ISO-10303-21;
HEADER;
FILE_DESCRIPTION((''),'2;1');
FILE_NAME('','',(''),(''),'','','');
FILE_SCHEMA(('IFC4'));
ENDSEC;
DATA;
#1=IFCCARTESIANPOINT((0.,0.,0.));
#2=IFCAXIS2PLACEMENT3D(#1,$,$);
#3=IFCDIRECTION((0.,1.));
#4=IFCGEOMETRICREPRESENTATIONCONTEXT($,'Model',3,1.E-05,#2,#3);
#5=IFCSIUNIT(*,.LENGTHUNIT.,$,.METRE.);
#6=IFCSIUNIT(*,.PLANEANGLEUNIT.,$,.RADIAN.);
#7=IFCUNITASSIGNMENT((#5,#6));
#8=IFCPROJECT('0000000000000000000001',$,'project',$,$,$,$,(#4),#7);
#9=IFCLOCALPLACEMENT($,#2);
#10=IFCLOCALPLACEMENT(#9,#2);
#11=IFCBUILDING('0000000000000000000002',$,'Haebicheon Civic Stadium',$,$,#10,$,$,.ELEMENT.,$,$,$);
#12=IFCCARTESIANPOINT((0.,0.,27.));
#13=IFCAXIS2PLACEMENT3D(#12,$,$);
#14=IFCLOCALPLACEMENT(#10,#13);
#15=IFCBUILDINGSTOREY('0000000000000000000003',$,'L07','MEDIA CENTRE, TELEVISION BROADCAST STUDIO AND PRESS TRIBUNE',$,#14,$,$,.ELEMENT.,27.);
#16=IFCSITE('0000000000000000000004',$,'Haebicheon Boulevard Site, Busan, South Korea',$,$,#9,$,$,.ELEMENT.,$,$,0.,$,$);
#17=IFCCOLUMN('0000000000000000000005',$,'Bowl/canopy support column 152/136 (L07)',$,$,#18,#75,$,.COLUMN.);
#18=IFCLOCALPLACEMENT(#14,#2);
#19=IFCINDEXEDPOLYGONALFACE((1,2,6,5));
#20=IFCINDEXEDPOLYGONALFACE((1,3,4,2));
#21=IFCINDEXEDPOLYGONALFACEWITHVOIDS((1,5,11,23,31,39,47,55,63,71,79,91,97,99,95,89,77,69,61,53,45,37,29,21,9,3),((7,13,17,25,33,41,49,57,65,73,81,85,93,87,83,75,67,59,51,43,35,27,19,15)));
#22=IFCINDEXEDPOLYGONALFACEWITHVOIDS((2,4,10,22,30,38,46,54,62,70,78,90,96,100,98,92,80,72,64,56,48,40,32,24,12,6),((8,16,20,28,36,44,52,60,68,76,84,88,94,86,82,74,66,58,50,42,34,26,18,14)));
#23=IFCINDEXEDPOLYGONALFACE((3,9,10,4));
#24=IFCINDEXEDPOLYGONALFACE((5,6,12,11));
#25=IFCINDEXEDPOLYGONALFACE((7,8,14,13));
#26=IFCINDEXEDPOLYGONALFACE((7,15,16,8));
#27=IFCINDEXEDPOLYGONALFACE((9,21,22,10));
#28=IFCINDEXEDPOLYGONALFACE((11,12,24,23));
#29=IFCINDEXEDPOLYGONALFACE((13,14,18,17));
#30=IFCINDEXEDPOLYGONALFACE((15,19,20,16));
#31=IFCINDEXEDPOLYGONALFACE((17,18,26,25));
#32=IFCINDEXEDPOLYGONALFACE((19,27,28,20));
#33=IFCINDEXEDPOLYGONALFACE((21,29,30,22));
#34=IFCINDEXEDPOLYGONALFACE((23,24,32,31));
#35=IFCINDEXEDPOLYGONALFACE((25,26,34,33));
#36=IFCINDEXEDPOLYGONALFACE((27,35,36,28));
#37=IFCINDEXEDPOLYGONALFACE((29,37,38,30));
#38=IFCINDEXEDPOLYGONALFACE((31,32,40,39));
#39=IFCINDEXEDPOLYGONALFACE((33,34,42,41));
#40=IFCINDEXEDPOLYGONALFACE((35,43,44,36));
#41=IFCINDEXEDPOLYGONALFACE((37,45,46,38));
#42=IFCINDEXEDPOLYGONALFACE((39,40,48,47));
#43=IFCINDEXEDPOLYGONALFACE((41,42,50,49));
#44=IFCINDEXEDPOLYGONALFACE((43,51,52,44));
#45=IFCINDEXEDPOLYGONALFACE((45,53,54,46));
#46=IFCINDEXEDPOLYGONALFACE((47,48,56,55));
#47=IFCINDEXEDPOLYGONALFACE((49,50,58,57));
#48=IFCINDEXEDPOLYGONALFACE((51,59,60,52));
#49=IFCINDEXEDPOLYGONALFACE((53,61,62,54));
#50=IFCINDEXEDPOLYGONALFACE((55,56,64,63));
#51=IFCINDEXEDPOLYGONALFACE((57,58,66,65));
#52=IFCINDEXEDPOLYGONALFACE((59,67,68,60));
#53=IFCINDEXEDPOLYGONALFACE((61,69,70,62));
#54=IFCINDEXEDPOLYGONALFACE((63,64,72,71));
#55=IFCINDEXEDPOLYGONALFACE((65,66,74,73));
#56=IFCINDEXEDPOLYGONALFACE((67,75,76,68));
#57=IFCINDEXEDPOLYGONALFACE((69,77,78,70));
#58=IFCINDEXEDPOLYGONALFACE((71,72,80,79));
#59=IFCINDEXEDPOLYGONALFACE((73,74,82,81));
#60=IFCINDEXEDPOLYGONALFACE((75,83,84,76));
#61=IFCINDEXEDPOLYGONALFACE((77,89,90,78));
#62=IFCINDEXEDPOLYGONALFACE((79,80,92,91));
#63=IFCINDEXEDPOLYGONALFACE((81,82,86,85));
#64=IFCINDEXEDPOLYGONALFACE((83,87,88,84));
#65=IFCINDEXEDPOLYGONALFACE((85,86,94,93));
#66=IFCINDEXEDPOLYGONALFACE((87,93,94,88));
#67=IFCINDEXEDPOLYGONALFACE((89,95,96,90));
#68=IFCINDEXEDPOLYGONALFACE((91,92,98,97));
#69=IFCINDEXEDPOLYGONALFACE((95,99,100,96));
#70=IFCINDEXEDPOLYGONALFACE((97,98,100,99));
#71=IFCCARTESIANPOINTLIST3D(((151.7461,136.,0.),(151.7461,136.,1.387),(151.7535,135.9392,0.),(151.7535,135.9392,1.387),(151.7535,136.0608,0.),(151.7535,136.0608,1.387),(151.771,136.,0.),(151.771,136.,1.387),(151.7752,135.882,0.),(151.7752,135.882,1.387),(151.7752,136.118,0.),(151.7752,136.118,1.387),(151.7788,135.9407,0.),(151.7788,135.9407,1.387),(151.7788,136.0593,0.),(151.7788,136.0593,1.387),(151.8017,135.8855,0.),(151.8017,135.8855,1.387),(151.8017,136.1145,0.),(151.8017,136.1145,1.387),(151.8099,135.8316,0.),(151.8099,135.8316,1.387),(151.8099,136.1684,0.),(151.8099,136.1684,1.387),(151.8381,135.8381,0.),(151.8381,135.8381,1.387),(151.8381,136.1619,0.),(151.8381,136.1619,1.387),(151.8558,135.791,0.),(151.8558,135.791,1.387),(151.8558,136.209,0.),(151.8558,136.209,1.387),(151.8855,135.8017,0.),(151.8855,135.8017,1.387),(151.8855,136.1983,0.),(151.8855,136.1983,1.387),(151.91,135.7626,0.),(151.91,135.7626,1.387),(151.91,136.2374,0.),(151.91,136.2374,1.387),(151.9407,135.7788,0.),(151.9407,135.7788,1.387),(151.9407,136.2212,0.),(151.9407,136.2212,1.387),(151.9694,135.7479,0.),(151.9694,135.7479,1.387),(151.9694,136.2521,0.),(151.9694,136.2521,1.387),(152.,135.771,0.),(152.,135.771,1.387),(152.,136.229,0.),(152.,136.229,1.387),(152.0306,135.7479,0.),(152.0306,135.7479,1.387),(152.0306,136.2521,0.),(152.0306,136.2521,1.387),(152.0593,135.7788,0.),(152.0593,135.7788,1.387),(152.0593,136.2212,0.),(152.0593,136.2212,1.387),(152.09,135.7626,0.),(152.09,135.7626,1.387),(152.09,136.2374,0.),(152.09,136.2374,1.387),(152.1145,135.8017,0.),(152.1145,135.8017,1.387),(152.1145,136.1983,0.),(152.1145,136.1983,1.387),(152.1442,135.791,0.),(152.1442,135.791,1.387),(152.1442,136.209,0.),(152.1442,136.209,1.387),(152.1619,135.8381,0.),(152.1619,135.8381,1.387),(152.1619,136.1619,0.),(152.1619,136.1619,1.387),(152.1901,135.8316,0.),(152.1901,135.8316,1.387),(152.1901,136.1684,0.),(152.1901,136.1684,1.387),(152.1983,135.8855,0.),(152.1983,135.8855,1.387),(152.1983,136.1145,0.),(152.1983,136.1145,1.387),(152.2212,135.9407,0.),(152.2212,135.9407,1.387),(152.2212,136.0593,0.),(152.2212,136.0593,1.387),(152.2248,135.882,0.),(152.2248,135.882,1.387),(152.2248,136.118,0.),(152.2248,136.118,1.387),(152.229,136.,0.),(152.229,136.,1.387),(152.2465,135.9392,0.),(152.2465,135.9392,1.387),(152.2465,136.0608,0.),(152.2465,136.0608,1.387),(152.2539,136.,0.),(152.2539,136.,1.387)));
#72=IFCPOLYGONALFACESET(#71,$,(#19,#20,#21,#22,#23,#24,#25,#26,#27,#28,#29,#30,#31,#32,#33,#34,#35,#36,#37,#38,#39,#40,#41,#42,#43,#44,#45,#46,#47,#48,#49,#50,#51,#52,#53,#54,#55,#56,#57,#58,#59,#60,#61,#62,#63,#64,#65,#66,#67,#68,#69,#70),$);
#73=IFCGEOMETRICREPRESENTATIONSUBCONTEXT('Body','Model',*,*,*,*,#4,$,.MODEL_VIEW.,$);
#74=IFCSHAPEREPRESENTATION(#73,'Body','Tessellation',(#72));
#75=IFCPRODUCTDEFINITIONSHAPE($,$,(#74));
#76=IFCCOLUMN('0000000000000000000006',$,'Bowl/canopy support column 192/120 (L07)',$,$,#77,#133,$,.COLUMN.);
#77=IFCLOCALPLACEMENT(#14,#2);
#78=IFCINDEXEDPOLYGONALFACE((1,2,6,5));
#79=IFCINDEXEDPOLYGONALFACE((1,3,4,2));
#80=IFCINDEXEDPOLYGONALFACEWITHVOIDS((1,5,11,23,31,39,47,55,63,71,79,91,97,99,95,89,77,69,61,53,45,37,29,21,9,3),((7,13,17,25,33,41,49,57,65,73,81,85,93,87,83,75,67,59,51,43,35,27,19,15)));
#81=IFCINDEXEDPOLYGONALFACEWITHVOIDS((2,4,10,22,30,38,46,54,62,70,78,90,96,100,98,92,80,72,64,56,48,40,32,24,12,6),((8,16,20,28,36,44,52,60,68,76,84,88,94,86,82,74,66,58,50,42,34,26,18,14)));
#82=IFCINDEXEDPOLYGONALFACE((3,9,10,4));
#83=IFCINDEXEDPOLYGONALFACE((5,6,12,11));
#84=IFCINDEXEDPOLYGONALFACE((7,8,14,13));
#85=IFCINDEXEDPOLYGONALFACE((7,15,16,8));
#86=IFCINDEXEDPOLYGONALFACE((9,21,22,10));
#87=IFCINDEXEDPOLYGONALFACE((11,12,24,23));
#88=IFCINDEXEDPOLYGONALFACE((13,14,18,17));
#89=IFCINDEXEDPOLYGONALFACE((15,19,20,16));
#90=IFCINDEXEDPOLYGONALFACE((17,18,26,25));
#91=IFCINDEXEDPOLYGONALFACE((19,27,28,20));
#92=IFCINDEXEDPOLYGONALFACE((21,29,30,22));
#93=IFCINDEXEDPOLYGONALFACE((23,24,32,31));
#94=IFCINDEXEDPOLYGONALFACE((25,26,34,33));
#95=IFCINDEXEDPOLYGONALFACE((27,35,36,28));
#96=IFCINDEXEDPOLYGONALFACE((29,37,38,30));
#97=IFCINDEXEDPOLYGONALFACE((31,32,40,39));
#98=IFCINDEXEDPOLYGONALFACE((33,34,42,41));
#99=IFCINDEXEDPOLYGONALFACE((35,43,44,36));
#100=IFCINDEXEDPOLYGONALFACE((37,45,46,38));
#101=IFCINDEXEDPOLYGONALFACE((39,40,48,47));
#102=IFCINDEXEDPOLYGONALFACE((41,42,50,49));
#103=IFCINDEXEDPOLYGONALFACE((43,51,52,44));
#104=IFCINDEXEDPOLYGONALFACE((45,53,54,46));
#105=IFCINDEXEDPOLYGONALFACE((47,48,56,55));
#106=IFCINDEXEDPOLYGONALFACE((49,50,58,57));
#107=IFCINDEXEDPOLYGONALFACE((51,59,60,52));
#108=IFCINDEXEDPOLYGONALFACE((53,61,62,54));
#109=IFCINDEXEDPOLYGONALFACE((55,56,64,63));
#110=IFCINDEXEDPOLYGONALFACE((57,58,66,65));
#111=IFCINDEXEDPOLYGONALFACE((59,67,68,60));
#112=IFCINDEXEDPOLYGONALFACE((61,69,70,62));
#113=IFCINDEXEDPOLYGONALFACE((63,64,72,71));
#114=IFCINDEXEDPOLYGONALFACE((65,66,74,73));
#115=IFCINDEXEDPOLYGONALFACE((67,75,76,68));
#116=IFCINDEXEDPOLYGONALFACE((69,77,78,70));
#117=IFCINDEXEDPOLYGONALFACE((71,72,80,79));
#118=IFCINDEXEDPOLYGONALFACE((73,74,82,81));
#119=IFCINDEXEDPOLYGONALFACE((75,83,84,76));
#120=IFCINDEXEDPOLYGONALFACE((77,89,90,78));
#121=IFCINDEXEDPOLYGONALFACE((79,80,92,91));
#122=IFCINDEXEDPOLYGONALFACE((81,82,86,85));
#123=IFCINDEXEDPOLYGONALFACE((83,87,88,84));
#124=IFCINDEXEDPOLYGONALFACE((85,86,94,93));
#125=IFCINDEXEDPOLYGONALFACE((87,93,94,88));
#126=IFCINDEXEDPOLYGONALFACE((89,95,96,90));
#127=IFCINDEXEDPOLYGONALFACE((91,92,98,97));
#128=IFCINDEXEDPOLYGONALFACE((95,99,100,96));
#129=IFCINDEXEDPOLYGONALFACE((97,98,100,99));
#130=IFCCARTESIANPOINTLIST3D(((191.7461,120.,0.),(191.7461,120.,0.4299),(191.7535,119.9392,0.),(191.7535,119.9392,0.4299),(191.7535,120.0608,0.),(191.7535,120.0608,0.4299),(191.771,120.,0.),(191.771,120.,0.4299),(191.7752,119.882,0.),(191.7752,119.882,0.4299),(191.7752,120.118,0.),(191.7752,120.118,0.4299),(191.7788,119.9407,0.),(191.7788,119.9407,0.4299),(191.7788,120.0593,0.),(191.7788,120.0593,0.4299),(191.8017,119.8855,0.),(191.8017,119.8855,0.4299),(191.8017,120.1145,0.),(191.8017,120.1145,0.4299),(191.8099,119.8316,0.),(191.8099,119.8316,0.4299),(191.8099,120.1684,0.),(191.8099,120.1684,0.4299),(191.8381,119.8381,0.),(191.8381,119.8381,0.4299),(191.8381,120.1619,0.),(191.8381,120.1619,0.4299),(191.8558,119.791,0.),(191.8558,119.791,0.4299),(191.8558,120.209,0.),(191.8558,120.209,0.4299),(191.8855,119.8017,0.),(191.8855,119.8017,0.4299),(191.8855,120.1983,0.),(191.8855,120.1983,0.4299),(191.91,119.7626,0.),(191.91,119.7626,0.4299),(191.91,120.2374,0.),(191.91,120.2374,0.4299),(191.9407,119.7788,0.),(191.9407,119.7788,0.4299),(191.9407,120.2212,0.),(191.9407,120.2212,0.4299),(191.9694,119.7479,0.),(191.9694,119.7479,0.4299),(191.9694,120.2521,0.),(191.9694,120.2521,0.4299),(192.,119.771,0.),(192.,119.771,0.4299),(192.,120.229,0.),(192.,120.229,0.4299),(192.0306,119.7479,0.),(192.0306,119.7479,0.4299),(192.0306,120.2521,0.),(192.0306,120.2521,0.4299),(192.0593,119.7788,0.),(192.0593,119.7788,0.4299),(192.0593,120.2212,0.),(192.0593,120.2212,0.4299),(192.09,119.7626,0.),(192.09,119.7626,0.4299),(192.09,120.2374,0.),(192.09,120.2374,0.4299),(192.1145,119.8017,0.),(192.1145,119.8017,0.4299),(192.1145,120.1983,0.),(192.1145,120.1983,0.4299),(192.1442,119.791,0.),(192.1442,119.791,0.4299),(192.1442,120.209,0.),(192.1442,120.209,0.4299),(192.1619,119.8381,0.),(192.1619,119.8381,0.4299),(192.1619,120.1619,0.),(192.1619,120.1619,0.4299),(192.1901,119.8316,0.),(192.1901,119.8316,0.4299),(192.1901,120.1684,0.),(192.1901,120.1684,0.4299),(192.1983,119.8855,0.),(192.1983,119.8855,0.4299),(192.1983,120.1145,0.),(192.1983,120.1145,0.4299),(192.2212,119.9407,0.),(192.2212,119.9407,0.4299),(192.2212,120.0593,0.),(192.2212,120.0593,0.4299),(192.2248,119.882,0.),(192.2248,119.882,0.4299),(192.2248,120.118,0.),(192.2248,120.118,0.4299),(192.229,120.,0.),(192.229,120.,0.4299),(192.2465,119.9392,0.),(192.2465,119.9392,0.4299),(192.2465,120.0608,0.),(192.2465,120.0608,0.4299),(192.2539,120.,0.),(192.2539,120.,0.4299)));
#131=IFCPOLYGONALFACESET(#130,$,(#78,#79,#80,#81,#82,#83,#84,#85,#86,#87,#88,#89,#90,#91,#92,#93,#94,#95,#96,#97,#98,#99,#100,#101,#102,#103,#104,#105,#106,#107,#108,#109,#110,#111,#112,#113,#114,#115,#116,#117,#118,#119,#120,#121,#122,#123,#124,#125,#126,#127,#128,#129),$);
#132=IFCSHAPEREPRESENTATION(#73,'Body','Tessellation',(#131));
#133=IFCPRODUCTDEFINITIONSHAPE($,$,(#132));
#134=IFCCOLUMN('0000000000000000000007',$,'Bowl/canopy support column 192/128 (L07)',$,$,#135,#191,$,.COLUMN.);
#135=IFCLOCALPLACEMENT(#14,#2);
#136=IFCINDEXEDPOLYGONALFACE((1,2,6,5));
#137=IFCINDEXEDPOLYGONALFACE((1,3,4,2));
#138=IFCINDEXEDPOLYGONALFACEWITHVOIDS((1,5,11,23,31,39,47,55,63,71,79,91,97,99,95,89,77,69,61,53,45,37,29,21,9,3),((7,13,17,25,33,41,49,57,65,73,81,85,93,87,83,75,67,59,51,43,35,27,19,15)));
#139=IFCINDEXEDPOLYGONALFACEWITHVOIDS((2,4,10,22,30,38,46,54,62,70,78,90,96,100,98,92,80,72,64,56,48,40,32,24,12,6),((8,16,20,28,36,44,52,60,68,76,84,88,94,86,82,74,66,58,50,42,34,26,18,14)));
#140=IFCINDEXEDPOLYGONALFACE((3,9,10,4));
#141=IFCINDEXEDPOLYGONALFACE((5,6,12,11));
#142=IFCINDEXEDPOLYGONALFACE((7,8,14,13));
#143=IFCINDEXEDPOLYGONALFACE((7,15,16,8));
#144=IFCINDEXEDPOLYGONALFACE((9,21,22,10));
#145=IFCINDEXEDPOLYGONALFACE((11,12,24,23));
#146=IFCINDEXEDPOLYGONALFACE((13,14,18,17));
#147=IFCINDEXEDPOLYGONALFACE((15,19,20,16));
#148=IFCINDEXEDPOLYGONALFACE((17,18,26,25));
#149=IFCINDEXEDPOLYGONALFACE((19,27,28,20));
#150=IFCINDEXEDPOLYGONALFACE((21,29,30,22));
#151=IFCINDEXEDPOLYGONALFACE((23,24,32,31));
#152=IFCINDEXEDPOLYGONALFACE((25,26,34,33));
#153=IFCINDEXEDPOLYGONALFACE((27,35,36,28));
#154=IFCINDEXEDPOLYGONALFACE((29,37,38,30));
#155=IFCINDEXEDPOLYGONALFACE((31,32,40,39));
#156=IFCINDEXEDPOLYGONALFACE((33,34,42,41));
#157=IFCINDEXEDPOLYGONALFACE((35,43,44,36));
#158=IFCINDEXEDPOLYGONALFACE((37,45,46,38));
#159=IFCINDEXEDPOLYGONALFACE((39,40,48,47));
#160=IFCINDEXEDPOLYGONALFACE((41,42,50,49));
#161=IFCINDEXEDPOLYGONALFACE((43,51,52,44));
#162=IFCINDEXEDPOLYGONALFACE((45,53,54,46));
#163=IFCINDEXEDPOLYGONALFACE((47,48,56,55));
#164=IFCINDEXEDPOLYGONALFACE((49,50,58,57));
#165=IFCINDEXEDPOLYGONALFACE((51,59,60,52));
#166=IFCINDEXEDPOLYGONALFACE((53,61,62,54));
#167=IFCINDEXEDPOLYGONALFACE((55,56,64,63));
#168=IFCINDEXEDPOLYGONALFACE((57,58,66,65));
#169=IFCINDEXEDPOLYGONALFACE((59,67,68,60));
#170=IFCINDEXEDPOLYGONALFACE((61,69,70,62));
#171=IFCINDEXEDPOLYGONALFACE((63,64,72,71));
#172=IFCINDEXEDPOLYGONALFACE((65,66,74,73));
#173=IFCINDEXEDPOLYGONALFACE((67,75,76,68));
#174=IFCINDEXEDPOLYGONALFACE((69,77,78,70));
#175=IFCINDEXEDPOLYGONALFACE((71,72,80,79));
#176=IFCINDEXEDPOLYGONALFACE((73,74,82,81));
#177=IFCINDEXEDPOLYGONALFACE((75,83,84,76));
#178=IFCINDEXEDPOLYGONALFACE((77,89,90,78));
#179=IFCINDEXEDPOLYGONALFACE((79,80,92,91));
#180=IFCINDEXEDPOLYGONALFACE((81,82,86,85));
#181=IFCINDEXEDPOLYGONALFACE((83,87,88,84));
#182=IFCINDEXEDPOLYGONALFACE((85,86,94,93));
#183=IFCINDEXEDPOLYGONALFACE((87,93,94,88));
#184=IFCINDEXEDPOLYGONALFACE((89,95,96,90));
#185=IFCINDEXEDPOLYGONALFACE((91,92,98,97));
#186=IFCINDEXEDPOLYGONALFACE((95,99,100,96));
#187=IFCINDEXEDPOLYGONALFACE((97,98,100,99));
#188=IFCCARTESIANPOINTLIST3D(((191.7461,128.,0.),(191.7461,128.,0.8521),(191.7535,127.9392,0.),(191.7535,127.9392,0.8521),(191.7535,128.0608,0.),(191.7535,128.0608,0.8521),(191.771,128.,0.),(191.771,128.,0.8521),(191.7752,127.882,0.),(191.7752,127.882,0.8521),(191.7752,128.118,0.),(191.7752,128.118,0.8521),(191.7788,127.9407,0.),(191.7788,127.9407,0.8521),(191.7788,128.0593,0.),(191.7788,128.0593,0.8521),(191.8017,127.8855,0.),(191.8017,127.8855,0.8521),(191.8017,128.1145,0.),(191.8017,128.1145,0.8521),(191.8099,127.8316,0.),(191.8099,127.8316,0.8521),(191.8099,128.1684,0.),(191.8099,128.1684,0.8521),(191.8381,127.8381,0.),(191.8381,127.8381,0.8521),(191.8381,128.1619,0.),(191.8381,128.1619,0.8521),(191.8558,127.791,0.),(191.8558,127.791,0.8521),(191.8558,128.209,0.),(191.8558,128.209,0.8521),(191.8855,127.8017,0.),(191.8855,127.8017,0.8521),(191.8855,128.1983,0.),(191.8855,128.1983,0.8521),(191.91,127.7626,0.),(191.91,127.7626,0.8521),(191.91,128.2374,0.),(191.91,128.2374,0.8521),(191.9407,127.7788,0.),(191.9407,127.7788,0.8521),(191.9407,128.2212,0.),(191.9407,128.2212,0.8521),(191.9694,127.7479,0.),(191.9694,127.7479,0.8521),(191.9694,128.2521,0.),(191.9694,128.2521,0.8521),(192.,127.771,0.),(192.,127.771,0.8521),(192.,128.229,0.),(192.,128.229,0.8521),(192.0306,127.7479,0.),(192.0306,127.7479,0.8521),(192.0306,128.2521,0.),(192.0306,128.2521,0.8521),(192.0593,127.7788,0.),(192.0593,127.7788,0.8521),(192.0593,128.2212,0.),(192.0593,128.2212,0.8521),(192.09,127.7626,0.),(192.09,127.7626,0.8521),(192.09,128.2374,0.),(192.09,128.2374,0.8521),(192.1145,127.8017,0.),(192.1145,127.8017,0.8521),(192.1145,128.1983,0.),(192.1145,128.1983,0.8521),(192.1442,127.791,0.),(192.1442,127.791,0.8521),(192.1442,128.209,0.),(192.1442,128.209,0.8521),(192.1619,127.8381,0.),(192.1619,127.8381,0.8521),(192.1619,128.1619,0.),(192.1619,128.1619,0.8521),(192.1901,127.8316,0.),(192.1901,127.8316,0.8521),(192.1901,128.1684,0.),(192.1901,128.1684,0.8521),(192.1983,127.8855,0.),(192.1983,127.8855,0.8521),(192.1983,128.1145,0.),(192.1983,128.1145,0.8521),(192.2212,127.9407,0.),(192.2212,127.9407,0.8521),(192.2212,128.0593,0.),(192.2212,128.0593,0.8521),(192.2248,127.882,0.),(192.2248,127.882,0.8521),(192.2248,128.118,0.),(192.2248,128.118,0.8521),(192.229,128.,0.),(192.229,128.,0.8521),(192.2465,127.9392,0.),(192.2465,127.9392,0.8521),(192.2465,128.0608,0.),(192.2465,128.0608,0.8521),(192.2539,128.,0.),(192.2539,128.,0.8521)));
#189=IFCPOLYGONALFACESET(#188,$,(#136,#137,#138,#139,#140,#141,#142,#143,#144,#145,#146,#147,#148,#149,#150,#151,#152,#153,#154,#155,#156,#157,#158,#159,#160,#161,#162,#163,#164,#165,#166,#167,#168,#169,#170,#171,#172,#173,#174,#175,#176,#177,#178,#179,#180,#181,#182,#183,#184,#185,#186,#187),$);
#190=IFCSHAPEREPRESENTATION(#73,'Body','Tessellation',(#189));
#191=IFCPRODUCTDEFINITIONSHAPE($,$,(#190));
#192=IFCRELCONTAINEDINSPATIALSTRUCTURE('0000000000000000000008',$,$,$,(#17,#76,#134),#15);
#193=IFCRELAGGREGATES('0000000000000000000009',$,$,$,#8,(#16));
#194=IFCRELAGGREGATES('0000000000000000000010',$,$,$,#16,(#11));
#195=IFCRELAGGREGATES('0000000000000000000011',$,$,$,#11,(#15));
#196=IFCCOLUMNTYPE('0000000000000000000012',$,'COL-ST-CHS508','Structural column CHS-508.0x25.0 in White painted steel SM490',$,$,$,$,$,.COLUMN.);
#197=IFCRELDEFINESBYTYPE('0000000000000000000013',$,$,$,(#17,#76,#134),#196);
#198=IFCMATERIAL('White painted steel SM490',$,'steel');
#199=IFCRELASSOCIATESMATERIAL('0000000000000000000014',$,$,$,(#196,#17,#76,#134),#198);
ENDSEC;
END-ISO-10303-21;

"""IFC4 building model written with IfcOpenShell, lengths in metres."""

from ifc_helpers import new_model, si_unit, direction, frame, origin, origin_2d, place, context, subcontext, project, spatial, hollow_circle, extrude, material, material_profile, profile_set, type_object, element, save


model = new_model("IFC4")

# Units and contexts
model_context = context("Model", 3, precision=1e-05, world=origin(), true_north=direction((0.0, 1.0)))
body_context = subcontext(model_context, "Body", "Model", "MODEL_VIEW")
ifc_project = project(units=[si_unit("LENGTHUNIT", "METRE"), si_unit("PLANEANGLEUNIT", "RADIAN")], contexts=[model_context])

# Site, building, storey
site_placement = place(None, origin())
site = spatial("IfcSite", under=ifc_project, at=site_placement, Name="Haebicheon Boulevard Site, Busan, South Korea", CompositionType="ELEMENT", RefElevation=0.0)
building_placement = place(site_placement, origin())
building = spatial("IfcBuilding", under=site, at=building_placement, Name="Haebicheon Civic Stadium", CompositionType="ELEMENT")
storey_placement = place(building_placement, frame((0.0, 0.0, 27.0)))
storey = spatial("IfcBuildingStorey", under=building, at=storey_placement, Name="L07", Description="MEDIA CENTRE, TELEVISION BROADCAST STUDIO AND PRESS TRIBUNE", CompositionType="ELEMENT", Elevation=27.0)

# Columns
ifc_material_1 = material(Name="White painted steel SM490", Category="steel")
ifc_material_profile_1 = material_profile(ifc_material_1, hollow_circle(Radius=0.2539, WallThickness=0.0249, at=origin_2d()), Name="CHS-508.0x25.0")
ifc_profile_set_1 = profile_set([ifc_material_profile_1], Name="White painted steel SM490")
column_type = type_object("IfcColumnType", Name="COL-ST-CHS508", Description="Structural column CHS-508.0x25.0 in White painted steel SM490", PredefinedType="COLUMN", material=ifc_profile_set_1)
column_1_placement = place(storey_placement, frame((152.0, 136.0, 0.0), z_axis=(0.0, 0.0, 1.0), x_axis=(1.0, 0.0, 0.0)))
element("IfcColumn", 1, at=column_1_placement, inside=storey, type_object=column_type, material=ifc_profile_set_1, Name="Bowl/canopy support column 152/136 (L07)", PredefinedType="COLUMN", context=body_context, shape_type="SweptSolid", body=[
    extrude(hollow_circle(Radius=0.2539, WallThickness=0.0249, at=origin_2d()), origin(), (0.0, 0.0, 1.0), 1.387),
])
column_2_placement = place(storey_placement, frame((192.0, 120.0, 0.0), z_axis=(0.0, 0.0, 1.0), x_axis=(1.0, 0.0, 0.0)))
element("IfcColumn", 2, at=column_2_placement, inside=storey, type_object=column_type, material=ifc_profile_set_1, Name="Bowl/canopy support column 192/120 (L07)", PredefinedType="COLUMN", context=body_context, shape_type="SweptSolid", body=[
    extrude(hollow_circle(Radius=0.2539, WallThickness=0.0249, at=origin_2d()), origin(), (0.0, 0.0, 1.0), 0.4299),
])
column_3_placement = place(storey_placement, frame((192.0, 128.0, 0.0), z_axis=(0.0, 0.0, 1.0), x_axis=(1.0, 0.0, 0.0)))
element("IfcColumn", 3, at=column_3_placement, inside=storey, type_object=column_type, material=ifc_profile_set_1, Name="Bowl/canopy support column 192/128 (L07)", PredefinedType="COLUMN", context=body_context, shape_type="SweptSolid", body=[
    extrude(hollow_circle(Radius=0.2539, WallThickness=0.0249, at=origin_2d()), origin(), (0.0, 0.0, 1.0), 0.8521),
])

save(model, "model.ifc")
